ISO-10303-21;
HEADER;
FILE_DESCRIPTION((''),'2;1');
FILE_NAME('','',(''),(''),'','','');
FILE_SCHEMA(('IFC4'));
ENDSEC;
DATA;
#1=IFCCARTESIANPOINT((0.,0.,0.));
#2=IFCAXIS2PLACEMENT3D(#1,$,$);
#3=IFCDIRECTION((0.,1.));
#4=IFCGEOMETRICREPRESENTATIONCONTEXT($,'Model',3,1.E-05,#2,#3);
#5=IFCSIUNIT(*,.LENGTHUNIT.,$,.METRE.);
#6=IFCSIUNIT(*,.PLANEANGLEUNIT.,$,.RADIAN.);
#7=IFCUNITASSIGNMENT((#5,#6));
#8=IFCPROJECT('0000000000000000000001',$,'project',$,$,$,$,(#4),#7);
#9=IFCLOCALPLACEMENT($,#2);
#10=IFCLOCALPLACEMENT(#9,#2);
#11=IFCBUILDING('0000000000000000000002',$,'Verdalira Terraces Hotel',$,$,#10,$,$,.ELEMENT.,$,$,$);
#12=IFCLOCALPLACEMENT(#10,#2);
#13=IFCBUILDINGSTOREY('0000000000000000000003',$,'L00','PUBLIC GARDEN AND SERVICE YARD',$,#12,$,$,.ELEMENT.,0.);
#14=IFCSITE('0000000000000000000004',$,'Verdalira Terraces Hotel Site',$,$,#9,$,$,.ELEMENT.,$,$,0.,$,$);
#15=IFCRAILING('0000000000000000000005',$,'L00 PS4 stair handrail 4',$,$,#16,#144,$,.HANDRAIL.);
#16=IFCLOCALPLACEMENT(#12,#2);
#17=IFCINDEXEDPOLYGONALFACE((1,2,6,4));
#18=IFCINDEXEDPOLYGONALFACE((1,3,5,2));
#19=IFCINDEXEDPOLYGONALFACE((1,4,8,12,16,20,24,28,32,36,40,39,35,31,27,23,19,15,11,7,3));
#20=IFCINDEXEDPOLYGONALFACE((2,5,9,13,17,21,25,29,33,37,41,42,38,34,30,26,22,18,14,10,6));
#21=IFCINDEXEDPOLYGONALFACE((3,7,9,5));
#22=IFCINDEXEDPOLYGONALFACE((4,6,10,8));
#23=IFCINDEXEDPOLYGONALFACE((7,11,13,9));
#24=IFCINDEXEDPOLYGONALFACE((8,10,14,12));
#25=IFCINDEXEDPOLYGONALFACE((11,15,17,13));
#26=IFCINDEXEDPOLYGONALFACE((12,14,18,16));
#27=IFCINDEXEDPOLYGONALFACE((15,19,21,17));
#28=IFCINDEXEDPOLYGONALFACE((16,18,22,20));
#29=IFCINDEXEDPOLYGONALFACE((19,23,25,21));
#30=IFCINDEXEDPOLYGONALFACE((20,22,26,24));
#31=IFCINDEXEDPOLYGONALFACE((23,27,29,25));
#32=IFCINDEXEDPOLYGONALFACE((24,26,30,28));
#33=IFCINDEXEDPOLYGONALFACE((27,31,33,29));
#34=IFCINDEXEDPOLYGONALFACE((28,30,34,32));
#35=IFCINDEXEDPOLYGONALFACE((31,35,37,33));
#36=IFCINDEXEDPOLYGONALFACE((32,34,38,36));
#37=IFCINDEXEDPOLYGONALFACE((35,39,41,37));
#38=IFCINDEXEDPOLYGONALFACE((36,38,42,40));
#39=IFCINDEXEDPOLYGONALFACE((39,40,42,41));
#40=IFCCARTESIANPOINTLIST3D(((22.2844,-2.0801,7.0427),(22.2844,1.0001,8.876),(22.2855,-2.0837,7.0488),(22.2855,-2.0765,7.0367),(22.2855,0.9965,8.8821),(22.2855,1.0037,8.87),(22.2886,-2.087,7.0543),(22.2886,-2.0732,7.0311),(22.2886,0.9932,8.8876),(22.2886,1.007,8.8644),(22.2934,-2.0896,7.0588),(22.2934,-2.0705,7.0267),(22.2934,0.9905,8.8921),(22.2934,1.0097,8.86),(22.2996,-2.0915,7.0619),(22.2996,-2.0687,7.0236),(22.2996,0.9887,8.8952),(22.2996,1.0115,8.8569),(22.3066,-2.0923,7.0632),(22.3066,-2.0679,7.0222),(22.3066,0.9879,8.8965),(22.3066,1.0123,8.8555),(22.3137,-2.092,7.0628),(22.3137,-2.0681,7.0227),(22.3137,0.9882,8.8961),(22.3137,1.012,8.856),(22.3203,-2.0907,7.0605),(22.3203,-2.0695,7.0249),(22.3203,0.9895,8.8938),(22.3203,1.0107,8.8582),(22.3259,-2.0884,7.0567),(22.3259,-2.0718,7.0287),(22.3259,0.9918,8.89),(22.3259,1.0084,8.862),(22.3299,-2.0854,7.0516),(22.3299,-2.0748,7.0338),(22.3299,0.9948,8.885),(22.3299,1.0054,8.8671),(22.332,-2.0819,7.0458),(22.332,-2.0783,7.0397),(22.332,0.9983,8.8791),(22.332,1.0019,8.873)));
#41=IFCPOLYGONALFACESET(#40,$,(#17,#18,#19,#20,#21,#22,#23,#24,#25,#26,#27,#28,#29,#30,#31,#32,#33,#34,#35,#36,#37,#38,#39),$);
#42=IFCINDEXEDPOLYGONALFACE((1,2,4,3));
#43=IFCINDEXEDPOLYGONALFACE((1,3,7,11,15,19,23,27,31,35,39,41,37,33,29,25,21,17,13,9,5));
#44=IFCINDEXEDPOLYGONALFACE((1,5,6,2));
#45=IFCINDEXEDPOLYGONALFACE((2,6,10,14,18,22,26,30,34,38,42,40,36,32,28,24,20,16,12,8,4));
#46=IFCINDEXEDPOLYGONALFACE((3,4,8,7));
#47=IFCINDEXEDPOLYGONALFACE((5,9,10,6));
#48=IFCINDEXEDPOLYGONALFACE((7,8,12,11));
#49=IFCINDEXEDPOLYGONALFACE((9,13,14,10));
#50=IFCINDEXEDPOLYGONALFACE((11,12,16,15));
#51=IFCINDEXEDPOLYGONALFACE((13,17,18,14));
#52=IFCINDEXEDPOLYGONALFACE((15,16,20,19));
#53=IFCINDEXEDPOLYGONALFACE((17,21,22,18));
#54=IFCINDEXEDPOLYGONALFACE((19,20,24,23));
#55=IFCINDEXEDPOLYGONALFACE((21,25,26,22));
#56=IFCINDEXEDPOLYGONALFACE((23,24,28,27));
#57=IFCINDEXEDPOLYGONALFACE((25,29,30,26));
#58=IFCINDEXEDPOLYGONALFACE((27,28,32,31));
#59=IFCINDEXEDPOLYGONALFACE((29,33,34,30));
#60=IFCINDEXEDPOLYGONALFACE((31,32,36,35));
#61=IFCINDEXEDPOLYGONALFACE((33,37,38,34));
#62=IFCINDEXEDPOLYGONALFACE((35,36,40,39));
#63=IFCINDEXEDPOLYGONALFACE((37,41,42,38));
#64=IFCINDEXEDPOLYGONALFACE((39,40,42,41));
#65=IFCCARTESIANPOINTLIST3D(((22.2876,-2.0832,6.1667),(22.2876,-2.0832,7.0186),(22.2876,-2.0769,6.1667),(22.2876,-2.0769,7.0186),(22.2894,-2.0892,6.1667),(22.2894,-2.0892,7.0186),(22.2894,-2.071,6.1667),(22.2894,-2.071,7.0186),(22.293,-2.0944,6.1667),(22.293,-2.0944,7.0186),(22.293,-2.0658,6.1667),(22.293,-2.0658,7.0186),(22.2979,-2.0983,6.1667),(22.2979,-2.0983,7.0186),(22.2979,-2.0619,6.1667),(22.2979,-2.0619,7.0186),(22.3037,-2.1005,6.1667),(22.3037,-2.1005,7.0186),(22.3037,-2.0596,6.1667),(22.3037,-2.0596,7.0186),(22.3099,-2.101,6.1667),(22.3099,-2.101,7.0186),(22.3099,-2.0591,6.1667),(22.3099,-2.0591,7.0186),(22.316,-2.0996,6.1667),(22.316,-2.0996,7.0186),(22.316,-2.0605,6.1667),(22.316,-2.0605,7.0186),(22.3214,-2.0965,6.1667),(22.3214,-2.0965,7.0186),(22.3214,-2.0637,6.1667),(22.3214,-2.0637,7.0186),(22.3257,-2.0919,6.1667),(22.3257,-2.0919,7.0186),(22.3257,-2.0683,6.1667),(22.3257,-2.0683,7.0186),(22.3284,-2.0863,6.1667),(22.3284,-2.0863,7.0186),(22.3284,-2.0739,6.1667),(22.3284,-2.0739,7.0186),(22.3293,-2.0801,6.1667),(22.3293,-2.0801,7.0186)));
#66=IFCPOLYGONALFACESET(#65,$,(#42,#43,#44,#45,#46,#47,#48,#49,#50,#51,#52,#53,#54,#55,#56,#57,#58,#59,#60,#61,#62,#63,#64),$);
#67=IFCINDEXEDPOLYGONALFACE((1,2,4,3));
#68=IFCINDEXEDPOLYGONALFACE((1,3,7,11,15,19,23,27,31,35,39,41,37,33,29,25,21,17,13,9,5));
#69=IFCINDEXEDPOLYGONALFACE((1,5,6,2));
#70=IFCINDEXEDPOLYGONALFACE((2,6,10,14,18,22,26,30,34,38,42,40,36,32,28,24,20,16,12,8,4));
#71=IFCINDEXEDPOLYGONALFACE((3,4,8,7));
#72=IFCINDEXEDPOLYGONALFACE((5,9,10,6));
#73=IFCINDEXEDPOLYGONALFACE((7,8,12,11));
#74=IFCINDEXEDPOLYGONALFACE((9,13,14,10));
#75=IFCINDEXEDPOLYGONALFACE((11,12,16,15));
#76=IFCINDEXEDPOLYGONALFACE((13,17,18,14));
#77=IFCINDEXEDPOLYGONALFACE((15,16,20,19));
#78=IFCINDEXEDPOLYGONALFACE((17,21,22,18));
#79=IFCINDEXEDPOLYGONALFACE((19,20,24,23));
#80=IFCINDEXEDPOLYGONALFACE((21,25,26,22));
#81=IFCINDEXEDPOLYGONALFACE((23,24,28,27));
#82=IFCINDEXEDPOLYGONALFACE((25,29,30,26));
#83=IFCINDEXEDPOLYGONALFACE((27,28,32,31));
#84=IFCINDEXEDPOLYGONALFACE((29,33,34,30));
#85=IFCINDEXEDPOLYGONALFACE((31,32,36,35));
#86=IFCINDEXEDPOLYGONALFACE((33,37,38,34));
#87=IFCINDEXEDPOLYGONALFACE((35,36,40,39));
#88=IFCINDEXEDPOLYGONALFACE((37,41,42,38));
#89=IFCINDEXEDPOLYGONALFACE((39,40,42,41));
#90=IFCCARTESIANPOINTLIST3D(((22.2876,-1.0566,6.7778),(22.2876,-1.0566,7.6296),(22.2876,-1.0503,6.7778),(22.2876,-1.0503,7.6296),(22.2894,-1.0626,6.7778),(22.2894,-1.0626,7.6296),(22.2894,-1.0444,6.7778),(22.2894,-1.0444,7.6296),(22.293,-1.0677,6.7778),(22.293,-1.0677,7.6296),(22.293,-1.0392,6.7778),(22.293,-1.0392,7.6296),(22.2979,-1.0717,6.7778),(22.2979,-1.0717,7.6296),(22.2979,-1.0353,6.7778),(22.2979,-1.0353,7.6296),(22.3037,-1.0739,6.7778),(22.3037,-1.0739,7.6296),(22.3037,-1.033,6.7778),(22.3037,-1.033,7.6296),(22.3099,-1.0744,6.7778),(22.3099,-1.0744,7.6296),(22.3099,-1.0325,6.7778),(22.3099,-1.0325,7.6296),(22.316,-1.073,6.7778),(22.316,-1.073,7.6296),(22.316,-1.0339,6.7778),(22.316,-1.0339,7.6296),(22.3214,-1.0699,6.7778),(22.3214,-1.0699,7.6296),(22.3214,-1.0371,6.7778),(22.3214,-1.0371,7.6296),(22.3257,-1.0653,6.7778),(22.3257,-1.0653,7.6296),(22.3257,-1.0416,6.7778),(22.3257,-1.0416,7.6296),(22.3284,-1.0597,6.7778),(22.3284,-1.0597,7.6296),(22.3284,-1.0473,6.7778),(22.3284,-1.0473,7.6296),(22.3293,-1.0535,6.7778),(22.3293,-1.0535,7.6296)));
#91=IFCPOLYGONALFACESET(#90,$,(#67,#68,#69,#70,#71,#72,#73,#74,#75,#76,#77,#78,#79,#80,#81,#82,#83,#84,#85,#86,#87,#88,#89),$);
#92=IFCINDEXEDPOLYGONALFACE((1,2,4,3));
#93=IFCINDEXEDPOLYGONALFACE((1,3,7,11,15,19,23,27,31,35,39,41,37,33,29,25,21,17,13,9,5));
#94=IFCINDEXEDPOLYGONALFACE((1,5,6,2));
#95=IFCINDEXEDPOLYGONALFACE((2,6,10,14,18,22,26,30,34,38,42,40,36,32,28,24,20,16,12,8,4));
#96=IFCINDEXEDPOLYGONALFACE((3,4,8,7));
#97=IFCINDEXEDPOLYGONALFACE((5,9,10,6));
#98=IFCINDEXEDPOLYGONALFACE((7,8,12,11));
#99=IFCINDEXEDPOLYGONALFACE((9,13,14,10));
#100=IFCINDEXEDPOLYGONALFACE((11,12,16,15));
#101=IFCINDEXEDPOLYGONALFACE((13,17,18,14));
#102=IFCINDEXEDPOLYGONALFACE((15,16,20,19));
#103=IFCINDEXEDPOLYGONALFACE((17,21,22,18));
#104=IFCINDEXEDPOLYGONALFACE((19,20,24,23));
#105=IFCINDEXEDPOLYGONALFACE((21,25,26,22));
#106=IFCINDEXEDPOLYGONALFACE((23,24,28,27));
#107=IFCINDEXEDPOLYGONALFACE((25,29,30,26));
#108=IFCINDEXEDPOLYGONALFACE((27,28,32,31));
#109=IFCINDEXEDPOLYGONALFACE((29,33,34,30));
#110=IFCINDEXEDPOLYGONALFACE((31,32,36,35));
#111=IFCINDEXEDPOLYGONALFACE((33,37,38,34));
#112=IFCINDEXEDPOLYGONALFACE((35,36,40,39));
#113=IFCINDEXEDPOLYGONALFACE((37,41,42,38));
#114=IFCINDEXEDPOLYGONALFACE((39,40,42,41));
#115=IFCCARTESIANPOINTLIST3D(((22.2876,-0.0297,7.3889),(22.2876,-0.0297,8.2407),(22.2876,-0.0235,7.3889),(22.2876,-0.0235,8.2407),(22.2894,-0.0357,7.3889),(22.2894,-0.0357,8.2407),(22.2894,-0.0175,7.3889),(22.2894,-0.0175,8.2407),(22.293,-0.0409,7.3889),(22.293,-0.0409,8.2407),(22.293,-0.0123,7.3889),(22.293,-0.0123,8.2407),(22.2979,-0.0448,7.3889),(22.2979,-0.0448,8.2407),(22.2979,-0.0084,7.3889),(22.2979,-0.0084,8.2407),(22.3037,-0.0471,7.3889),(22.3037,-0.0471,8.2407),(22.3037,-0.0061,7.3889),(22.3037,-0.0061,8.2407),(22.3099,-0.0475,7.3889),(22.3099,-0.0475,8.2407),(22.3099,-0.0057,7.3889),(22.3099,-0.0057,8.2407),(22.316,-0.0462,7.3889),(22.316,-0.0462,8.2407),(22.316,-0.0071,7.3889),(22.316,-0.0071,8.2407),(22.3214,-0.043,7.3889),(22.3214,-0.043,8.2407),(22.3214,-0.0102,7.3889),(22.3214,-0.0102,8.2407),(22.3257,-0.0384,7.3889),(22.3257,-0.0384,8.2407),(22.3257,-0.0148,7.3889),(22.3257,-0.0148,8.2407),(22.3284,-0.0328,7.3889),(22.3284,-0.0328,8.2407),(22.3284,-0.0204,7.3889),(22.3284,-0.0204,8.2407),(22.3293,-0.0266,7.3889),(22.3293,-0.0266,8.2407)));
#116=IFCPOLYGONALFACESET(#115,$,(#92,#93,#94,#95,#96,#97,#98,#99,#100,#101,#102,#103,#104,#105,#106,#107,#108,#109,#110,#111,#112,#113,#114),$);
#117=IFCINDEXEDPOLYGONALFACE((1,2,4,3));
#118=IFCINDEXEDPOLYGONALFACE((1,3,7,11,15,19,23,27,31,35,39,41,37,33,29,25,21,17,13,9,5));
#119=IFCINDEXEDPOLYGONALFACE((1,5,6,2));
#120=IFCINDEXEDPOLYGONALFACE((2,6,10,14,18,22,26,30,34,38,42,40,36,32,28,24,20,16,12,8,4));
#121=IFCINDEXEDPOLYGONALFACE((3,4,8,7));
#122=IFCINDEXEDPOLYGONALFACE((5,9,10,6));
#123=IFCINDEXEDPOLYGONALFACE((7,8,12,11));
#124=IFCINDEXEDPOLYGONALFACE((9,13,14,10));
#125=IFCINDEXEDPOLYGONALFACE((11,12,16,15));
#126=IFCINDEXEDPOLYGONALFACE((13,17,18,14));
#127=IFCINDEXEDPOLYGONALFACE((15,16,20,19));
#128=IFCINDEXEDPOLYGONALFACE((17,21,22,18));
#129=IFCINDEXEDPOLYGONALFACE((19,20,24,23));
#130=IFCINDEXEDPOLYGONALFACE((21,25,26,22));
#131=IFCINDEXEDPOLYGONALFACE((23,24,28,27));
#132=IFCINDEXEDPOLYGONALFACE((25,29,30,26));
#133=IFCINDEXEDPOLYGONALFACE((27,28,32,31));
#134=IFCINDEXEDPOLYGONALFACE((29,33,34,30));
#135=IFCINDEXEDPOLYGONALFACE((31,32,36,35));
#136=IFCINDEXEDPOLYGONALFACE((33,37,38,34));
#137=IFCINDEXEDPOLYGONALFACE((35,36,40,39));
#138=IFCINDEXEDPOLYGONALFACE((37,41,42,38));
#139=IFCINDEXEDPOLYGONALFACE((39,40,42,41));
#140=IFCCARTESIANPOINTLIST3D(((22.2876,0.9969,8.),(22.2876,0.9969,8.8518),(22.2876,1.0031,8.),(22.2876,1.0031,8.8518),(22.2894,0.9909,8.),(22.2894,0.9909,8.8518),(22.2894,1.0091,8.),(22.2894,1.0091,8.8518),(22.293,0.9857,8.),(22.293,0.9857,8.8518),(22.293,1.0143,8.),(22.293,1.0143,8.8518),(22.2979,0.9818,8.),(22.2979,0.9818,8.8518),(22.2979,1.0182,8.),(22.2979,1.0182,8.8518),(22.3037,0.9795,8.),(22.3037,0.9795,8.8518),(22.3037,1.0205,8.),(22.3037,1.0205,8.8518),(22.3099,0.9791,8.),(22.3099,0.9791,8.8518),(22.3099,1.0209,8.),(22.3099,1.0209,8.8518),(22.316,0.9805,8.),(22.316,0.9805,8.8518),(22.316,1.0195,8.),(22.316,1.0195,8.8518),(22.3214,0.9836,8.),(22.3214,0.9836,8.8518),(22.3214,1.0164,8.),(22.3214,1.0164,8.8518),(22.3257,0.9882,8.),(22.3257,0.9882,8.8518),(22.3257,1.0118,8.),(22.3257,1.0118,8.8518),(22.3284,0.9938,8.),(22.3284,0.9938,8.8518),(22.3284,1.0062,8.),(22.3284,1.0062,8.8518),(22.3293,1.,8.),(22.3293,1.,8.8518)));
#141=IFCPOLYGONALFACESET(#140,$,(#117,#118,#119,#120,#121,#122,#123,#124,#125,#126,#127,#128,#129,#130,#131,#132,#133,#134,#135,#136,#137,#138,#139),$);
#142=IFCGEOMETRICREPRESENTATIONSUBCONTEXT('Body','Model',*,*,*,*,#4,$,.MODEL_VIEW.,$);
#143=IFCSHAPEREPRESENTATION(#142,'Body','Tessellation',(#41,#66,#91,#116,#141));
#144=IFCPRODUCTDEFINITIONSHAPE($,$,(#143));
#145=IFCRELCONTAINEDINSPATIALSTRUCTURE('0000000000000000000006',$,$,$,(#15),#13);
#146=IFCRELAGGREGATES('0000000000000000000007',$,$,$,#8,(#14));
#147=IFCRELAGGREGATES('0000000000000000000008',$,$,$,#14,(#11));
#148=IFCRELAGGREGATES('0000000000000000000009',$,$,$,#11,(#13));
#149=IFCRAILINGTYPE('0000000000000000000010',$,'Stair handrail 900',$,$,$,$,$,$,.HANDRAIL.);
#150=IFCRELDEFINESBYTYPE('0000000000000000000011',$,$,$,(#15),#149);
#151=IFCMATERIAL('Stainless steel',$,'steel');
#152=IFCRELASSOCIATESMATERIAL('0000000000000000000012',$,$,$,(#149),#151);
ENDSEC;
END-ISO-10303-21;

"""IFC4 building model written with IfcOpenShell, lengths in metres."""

from ifc_helpers import new_model, si_unit, direction, frame, origin, origin_2d, place, context, subcontext, project, spatial, circle, extrude, material, type_object, element, save


model = new_model("IFC4")

# Units and contexts
model_context = context("Model", 3, precision=1e-05, world=origin(), true_north=direction((0.0, 1.0)))
body_context = subcontext(model_context, "Body", "Model", "MODEL_VIEW")
ifc_project = project(units=[si_unit("LENGTHUNIT", "METRE"), si_unit("PLANEANGLEUNIT", "RADIAN")], contexts=[model_context])

# Site, building, storey
site_placement = place(None, origin())
site = spatial("IfcSite", under=ifc_project, at=site_placement, Name="Verdalira Terraces Hotel Site", CompositionType="ELEMENT", RefElevation=0.0)
building_placement = place(site_placement, origin())
building = spatial("IfcBuilding", under=site, at=building_placement, Name="Verdalira Terraces Hotel", CompositionType="ELEMENT")
storey_placement = place(building_placement, origin())
storey = spatial("IfcBuildingStorey", under=building, at=storey_placement, Name="L00", Description="PUBLIC GARDEN AND SERVICE YARD", CompositionType="ELEMENT", Elevation=0.0)

# Railing
ifc_material_1 = material(Name="Stainless steel", Category="steel")
railing_type = type_object("IfcRailingType", Name="Stair handrail 900", PredefinedType="HANDRAIL", material=ifc_material_1)
for number, where, name in (
    (1, (22.3084, -2.0801, 6.1667), "L00 PS4 stair handrail 4"),
):
    element("IfcRailing", number, at=place(storey_placement, frame(where)), inside=storey, type_object=railing_type, Name=name, PredefinedType="HANDRAIL", context=body_context, shape_type="SweptSolid", body=[
        extrude(circle(Radius=0.0239, at=origin_2d()), frame((0.0, 0.0, 0.876), z_axis=(0.0, 0.859309, 0.511458), x_axis=(-1.0, 0.0, 0.0)), (0.0, 0.0, 1.0), 3.5845),
        extrude(circle(Radius=0.021, at=origin_2d()), origin(), (0.0, 0.0, 1.0), 0.8518),
        extrude(circle(Radius=0.021, at=origin_2d()), frame((0.0, 1.0266, 0.6111)), (0.0, 0.0, 1.0), 0.8518),
        extrude(circle(Radius=0.021, at=origin_2d()), frame((0.0, 2.0535, 1.2222)), (0.0, 0.0, 1.0), 0.8518),
        extrude(circle(Radius=0.021, at=origin_2d()), frame((0.0, 3.0801, 1.8333)), (0.0, 0.0, 1.0), 0.8518),
    ])

save(model, "model.ifc")
